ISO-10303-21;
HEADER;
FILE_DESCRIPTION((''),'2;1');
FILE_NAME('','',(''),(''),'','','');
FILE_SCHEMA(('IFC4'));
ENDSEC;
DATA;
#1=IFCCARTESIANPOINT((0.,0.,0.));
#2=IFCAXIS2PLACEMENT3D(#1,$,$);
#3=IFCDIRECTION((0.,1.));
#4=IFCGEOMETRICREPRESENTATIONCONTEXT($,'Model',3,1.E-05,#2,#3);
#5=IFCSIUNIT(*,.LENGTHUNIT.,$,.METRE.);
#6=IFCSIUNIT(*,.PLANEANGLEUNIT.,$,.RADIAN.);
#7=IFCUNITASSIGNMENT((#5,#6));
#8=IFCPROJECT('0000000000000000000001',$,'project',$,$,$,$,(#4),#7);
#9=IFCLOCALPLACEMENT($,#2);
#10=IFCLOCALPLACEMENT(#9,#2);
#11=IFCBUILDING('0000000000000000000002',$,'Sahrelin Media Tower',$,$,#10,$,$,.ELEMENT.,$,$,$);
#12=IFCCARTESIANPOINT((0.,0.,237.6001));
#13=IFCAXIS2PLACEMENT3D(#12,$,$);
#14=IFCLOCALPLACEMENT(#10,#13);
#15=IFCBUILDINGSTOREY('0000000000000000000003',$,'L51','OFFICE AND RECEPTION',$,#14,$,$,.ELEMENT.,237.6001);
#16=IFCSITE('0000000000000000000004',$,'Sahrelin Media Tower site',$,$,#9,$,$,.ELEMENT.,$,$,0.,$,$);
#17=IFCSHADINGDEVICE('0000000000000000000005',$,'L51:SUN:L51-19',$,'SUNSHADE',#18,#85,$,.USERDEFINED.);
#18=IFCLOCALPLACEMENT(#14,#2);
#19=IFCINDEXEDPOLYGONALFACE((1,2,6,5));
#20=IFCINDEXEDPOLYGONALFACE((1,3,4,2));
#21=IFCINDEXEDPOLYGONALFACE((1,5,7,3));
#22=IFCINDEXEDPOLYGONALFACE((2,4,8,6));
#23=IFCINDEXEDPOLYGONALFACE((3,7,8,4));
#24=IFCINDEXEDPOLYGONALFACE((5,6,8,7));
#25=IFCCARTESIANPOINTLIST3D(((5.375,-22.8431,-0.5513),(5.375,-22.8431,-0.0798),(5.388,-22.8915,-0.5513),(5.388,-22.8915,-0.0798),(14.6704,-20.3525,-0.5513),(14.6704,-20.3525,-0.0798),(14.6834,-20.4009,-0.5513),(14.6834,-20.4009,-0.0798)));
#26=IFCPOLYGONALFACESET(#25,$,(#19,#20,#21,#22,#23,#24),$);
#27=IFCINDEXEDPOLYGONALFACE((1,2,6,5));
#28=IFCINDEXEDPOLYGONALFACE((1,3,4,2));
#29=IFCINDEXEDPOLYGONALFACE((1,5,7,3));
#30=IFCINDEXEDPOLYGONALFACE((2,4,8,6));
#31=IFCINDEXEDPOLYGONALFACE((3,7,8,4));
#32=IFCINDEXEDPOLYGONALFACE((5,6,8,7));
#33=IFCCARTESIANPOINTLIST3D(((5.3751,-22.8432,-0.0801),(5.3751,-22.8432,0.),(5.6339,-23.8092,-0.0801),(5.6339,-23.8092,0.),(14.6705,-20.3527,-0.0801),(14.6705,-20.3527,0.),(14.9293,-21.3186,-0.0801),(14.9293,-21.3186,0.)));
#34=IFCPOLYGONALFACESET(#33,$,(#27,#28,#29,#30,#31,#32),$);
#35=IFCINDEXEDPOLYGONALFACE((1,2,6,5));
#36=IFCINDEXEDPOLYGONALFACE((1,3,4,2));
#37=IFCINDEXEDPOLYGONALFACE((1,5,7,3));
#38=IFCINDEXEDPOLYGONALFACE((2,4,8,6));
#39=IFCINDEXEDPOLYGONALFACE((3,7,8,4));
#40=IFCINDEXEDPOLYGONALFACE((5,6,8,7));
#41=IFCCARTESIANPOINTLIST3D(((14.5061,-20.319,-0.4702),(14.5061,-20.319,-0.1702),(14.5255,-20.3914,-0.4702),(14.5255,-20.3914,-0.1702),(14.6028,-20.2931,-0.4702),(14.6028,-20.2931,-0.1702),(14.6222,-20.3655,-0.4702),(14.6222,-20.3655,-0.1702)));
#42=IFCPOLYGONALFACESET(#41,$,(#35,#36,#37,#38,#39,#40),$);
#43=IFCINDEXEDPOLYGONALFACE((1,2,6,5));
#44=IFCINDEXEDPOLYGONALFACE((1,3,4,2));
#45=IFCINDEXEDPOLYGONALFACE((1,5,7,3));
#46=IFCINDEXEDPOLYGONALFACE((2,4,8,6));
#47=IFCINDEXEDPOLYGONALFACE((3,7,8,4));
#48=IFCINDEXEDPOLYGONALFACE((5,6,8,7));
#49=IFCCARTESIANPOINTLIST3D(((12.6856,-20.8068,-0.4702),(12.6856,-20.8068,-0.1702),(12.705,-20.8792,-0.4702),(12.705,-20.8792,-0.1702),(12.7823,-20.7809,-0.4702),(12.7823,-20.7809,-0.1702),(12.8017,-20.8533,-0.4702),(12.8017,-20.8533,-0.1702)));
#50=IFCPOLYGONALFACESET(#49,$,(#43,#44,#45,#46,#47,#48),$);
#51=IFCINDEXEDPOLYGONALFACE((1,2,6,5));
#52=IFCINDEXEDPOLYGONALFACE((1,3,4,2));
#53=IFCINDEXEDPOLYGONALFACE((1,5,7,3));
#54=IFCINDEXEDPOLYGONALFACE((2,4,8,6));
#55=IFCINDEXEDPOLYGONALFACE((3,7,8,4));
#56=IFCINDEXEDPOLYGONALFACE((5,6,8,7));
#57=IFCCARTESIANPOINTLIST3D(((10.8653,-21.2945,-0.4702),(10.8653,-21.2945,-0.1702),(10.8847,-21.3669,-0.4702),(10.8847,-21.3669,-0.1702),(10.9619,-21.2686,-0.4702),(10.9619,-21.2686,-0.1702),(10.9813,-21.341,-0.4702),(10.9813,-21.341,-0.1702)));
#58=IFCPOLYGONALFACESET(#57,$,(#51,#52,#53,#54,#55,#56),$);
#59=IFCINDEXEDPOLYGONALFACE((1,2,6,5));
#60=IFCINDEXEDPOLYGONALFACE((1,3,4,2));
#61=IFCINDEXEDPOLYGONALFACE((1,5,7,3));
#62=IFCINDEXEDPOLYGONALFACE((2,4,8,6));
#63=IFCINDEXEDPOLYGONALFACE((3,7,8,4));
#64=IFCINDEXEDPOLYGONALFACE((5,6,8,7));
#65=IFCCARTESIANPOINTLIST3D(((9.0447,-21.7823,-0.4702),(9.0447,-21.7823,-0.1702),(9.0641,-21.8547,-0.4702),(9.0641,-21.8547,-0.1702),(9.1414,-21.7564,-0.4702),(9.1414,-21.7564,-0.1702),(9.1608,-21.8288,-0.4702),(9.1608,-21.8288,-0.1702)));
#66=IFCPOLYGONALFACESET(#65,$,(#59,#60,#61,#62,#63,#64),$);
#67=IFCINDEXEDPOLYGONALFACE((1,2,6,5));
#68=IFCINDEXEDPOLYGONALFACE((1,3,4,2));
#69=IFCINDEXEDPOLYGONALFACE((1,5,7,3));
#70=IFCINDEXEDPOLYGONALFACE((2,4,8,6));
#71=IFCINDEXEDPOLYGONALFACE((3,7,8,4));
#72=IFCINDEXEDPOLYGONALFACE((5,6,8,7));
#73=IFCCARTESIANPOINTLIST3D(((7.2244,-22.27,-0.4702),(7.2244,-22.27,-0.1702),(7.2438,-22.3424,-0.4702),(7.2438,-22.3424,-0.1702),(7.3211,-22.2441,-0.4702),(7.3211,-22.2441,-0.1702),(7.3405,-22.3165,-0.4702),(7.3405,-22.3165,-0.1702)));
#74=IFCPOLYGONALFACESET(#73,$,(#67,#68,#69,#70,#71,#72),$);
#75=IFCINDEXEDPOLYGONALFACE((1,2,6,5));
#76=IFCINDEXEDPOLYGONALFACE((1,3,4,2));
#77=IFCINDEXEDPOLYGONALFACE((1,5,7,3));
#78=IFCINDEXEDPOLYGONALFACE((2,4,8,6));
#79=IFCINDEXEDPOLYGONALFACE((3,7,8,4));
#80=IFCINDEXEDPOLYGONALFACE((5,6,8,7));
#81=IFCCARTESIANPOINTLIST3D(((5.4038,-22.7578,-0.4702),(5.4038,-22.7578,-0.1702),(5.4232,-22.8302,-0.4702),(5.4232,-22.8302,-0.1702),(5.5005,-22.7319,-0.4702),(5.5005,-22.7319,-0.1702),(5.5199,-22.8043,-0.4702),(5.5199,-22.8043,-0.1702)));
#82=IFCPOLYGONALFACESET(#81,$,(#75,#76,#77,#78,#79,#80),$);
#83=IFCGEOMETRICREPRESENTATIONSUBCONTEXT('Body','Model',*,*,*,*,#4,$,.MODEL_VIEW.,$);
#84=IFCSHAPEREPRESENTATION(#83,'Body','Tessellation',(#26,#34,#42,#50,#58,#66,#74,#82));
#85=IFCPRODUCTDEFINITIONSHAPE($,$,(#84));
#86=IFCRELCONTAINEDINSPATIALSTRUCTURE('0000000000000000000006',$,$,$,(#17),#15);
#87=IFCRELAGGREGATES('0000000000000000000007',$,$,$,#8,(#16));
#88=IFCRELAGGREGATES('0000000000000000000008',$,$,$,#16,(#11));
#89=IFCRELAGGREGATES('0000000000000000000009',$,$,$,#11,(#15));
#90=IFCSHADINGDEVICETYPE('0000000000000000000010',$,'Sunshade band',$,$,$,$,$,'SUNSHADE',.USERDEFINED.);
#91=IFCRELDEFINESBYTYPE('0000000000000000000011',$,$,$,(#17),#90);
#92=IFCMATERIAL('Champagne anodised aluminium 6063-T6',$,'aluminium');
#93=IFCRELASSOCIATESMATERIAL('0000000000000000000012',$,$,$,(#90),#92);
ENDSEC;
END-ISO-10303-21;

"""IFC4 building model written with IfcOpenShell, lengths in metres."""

from ifc_helpers import new_model, si_unit, direction, frame, origin, origin_2d, place, context, subcontext, project, spatial, rectangle, extrude, material, type_object, element, save


model = new_model("IFC4")

# Units and contexts
model_context = context("Model", 3, precision=1e-05, world=origin(), true_north=direction((0.0, 1.0)))
body_context = subcontext(model_context, "Body", "Model", "MODEL_VIEW")
ifc_project = project(units=[si_unit("LENGTHUNIT", "METRE"), si_unit("PLANEANGLEUNIT", "RADIAN")], contexts=[model_context])

# Site, building, storey
site_placement = place(None, origin())
site = spatial("IfcSite", under=ifc_project, at=site_placement, Name="Sahrelin Media Tower site", CompositionType="ELEMENT", RefElevation=0.0)
building_placement = place(site_placement, origin())
building = spatial("IfcBuilding", under=site, at=building_placement, Name="Sahrelin Media Tower", CompositionType="ELEMENT")
storey_placement = place(building_placement, frame((0.0, 0.0, 237.6001)))
storey = spatial("IfcBuildingStorey", under=building, at=storey_placement, Name="L51", Description="OFFICE AND RECEPTION", CompositionType="ELEMENT", Elevation=237.6001)

# Shared definitions
ifc_material_1 = material(Name="Champagne anodised aluminium 6063-T6", Category="aluminium")

# Shading device
placement_1 = place(storey_placement, frame((10.0176, -21.5786, 0.0), z_axis=(0.0, 0.0, 1.0), x_axis=(-0.965929, -0.258808, 0.0)))
shading_device_type_1 = type_object("IfcShadingDeviceType", Name="Sunshade band", ElementType="SUNSHADE", PredefinedType="USERDEFINED", material=ifc_material_1)
element("IfcShadingDevice", 1, at=placement_1, inside=storey, type_object=shading_device_type_1, Name="L51:SUN:L51-19", ObjectType="SUNSHADE", PredefinedType="USERDEFINED", context=body_context, shape_type="SweptSolid", body=[
    extrude(rectangle(XDim=9.6233, YDim=0.05, at=origin_2d()), frame((0.0, 0.0449, -0.5513)), (0.0, 0.0, 1.0), 0.4714),
    extrude(rectangle(XDim=9.6233, YDim=1.0, at=origin_2d()), frame((0.0, 0.52, -0.0801)), (0.0, 0.0, 1.0), 0.0801),
    extrude(rectangle(XDim=0.1001, YDim=0.075, at=origin_2d()), frame((-4.7117, -0.0176, -0.4702)), (0.0, 0.0, 1.0), 0.3),
    extrude(rectangle(XDim=0.1001, YDim=0.075, at=origin_2d()), frame((-2.8269, -0.0176, -0.4702)), (0.0, 0.0, 1.0), 0.3),
    extrude(rectangle(XDim=0.1001, YDim=0.075, at=origin_2d()), frame((-0.9424, -0.0176, -0.4702)), (0.0, 0.0, 1.0), 0.3),
    extrude(rectangle(XDim=0.1001, YDim=0.075, at=origin_2d()), frame((0.9424, -0.0176, -0.4702)), (0.0, 0.0, 1.0), 0.3),
    extrude(rectangle(XDim=0.1001, YDim=0.075, at=origin_2d()), frame((2.8269, -0.0176, -0.4702)), (0.0, 0.0, 1.0), 0.3),
    extrude(rectangle(XDim=0.1001, YDim=0.075, at=origin_2d()), frame((4.7117, -0.0176, -0.4702)), (0.0, 0.0, 1.0), 0.3),
])

save(model, "model.ifc")
